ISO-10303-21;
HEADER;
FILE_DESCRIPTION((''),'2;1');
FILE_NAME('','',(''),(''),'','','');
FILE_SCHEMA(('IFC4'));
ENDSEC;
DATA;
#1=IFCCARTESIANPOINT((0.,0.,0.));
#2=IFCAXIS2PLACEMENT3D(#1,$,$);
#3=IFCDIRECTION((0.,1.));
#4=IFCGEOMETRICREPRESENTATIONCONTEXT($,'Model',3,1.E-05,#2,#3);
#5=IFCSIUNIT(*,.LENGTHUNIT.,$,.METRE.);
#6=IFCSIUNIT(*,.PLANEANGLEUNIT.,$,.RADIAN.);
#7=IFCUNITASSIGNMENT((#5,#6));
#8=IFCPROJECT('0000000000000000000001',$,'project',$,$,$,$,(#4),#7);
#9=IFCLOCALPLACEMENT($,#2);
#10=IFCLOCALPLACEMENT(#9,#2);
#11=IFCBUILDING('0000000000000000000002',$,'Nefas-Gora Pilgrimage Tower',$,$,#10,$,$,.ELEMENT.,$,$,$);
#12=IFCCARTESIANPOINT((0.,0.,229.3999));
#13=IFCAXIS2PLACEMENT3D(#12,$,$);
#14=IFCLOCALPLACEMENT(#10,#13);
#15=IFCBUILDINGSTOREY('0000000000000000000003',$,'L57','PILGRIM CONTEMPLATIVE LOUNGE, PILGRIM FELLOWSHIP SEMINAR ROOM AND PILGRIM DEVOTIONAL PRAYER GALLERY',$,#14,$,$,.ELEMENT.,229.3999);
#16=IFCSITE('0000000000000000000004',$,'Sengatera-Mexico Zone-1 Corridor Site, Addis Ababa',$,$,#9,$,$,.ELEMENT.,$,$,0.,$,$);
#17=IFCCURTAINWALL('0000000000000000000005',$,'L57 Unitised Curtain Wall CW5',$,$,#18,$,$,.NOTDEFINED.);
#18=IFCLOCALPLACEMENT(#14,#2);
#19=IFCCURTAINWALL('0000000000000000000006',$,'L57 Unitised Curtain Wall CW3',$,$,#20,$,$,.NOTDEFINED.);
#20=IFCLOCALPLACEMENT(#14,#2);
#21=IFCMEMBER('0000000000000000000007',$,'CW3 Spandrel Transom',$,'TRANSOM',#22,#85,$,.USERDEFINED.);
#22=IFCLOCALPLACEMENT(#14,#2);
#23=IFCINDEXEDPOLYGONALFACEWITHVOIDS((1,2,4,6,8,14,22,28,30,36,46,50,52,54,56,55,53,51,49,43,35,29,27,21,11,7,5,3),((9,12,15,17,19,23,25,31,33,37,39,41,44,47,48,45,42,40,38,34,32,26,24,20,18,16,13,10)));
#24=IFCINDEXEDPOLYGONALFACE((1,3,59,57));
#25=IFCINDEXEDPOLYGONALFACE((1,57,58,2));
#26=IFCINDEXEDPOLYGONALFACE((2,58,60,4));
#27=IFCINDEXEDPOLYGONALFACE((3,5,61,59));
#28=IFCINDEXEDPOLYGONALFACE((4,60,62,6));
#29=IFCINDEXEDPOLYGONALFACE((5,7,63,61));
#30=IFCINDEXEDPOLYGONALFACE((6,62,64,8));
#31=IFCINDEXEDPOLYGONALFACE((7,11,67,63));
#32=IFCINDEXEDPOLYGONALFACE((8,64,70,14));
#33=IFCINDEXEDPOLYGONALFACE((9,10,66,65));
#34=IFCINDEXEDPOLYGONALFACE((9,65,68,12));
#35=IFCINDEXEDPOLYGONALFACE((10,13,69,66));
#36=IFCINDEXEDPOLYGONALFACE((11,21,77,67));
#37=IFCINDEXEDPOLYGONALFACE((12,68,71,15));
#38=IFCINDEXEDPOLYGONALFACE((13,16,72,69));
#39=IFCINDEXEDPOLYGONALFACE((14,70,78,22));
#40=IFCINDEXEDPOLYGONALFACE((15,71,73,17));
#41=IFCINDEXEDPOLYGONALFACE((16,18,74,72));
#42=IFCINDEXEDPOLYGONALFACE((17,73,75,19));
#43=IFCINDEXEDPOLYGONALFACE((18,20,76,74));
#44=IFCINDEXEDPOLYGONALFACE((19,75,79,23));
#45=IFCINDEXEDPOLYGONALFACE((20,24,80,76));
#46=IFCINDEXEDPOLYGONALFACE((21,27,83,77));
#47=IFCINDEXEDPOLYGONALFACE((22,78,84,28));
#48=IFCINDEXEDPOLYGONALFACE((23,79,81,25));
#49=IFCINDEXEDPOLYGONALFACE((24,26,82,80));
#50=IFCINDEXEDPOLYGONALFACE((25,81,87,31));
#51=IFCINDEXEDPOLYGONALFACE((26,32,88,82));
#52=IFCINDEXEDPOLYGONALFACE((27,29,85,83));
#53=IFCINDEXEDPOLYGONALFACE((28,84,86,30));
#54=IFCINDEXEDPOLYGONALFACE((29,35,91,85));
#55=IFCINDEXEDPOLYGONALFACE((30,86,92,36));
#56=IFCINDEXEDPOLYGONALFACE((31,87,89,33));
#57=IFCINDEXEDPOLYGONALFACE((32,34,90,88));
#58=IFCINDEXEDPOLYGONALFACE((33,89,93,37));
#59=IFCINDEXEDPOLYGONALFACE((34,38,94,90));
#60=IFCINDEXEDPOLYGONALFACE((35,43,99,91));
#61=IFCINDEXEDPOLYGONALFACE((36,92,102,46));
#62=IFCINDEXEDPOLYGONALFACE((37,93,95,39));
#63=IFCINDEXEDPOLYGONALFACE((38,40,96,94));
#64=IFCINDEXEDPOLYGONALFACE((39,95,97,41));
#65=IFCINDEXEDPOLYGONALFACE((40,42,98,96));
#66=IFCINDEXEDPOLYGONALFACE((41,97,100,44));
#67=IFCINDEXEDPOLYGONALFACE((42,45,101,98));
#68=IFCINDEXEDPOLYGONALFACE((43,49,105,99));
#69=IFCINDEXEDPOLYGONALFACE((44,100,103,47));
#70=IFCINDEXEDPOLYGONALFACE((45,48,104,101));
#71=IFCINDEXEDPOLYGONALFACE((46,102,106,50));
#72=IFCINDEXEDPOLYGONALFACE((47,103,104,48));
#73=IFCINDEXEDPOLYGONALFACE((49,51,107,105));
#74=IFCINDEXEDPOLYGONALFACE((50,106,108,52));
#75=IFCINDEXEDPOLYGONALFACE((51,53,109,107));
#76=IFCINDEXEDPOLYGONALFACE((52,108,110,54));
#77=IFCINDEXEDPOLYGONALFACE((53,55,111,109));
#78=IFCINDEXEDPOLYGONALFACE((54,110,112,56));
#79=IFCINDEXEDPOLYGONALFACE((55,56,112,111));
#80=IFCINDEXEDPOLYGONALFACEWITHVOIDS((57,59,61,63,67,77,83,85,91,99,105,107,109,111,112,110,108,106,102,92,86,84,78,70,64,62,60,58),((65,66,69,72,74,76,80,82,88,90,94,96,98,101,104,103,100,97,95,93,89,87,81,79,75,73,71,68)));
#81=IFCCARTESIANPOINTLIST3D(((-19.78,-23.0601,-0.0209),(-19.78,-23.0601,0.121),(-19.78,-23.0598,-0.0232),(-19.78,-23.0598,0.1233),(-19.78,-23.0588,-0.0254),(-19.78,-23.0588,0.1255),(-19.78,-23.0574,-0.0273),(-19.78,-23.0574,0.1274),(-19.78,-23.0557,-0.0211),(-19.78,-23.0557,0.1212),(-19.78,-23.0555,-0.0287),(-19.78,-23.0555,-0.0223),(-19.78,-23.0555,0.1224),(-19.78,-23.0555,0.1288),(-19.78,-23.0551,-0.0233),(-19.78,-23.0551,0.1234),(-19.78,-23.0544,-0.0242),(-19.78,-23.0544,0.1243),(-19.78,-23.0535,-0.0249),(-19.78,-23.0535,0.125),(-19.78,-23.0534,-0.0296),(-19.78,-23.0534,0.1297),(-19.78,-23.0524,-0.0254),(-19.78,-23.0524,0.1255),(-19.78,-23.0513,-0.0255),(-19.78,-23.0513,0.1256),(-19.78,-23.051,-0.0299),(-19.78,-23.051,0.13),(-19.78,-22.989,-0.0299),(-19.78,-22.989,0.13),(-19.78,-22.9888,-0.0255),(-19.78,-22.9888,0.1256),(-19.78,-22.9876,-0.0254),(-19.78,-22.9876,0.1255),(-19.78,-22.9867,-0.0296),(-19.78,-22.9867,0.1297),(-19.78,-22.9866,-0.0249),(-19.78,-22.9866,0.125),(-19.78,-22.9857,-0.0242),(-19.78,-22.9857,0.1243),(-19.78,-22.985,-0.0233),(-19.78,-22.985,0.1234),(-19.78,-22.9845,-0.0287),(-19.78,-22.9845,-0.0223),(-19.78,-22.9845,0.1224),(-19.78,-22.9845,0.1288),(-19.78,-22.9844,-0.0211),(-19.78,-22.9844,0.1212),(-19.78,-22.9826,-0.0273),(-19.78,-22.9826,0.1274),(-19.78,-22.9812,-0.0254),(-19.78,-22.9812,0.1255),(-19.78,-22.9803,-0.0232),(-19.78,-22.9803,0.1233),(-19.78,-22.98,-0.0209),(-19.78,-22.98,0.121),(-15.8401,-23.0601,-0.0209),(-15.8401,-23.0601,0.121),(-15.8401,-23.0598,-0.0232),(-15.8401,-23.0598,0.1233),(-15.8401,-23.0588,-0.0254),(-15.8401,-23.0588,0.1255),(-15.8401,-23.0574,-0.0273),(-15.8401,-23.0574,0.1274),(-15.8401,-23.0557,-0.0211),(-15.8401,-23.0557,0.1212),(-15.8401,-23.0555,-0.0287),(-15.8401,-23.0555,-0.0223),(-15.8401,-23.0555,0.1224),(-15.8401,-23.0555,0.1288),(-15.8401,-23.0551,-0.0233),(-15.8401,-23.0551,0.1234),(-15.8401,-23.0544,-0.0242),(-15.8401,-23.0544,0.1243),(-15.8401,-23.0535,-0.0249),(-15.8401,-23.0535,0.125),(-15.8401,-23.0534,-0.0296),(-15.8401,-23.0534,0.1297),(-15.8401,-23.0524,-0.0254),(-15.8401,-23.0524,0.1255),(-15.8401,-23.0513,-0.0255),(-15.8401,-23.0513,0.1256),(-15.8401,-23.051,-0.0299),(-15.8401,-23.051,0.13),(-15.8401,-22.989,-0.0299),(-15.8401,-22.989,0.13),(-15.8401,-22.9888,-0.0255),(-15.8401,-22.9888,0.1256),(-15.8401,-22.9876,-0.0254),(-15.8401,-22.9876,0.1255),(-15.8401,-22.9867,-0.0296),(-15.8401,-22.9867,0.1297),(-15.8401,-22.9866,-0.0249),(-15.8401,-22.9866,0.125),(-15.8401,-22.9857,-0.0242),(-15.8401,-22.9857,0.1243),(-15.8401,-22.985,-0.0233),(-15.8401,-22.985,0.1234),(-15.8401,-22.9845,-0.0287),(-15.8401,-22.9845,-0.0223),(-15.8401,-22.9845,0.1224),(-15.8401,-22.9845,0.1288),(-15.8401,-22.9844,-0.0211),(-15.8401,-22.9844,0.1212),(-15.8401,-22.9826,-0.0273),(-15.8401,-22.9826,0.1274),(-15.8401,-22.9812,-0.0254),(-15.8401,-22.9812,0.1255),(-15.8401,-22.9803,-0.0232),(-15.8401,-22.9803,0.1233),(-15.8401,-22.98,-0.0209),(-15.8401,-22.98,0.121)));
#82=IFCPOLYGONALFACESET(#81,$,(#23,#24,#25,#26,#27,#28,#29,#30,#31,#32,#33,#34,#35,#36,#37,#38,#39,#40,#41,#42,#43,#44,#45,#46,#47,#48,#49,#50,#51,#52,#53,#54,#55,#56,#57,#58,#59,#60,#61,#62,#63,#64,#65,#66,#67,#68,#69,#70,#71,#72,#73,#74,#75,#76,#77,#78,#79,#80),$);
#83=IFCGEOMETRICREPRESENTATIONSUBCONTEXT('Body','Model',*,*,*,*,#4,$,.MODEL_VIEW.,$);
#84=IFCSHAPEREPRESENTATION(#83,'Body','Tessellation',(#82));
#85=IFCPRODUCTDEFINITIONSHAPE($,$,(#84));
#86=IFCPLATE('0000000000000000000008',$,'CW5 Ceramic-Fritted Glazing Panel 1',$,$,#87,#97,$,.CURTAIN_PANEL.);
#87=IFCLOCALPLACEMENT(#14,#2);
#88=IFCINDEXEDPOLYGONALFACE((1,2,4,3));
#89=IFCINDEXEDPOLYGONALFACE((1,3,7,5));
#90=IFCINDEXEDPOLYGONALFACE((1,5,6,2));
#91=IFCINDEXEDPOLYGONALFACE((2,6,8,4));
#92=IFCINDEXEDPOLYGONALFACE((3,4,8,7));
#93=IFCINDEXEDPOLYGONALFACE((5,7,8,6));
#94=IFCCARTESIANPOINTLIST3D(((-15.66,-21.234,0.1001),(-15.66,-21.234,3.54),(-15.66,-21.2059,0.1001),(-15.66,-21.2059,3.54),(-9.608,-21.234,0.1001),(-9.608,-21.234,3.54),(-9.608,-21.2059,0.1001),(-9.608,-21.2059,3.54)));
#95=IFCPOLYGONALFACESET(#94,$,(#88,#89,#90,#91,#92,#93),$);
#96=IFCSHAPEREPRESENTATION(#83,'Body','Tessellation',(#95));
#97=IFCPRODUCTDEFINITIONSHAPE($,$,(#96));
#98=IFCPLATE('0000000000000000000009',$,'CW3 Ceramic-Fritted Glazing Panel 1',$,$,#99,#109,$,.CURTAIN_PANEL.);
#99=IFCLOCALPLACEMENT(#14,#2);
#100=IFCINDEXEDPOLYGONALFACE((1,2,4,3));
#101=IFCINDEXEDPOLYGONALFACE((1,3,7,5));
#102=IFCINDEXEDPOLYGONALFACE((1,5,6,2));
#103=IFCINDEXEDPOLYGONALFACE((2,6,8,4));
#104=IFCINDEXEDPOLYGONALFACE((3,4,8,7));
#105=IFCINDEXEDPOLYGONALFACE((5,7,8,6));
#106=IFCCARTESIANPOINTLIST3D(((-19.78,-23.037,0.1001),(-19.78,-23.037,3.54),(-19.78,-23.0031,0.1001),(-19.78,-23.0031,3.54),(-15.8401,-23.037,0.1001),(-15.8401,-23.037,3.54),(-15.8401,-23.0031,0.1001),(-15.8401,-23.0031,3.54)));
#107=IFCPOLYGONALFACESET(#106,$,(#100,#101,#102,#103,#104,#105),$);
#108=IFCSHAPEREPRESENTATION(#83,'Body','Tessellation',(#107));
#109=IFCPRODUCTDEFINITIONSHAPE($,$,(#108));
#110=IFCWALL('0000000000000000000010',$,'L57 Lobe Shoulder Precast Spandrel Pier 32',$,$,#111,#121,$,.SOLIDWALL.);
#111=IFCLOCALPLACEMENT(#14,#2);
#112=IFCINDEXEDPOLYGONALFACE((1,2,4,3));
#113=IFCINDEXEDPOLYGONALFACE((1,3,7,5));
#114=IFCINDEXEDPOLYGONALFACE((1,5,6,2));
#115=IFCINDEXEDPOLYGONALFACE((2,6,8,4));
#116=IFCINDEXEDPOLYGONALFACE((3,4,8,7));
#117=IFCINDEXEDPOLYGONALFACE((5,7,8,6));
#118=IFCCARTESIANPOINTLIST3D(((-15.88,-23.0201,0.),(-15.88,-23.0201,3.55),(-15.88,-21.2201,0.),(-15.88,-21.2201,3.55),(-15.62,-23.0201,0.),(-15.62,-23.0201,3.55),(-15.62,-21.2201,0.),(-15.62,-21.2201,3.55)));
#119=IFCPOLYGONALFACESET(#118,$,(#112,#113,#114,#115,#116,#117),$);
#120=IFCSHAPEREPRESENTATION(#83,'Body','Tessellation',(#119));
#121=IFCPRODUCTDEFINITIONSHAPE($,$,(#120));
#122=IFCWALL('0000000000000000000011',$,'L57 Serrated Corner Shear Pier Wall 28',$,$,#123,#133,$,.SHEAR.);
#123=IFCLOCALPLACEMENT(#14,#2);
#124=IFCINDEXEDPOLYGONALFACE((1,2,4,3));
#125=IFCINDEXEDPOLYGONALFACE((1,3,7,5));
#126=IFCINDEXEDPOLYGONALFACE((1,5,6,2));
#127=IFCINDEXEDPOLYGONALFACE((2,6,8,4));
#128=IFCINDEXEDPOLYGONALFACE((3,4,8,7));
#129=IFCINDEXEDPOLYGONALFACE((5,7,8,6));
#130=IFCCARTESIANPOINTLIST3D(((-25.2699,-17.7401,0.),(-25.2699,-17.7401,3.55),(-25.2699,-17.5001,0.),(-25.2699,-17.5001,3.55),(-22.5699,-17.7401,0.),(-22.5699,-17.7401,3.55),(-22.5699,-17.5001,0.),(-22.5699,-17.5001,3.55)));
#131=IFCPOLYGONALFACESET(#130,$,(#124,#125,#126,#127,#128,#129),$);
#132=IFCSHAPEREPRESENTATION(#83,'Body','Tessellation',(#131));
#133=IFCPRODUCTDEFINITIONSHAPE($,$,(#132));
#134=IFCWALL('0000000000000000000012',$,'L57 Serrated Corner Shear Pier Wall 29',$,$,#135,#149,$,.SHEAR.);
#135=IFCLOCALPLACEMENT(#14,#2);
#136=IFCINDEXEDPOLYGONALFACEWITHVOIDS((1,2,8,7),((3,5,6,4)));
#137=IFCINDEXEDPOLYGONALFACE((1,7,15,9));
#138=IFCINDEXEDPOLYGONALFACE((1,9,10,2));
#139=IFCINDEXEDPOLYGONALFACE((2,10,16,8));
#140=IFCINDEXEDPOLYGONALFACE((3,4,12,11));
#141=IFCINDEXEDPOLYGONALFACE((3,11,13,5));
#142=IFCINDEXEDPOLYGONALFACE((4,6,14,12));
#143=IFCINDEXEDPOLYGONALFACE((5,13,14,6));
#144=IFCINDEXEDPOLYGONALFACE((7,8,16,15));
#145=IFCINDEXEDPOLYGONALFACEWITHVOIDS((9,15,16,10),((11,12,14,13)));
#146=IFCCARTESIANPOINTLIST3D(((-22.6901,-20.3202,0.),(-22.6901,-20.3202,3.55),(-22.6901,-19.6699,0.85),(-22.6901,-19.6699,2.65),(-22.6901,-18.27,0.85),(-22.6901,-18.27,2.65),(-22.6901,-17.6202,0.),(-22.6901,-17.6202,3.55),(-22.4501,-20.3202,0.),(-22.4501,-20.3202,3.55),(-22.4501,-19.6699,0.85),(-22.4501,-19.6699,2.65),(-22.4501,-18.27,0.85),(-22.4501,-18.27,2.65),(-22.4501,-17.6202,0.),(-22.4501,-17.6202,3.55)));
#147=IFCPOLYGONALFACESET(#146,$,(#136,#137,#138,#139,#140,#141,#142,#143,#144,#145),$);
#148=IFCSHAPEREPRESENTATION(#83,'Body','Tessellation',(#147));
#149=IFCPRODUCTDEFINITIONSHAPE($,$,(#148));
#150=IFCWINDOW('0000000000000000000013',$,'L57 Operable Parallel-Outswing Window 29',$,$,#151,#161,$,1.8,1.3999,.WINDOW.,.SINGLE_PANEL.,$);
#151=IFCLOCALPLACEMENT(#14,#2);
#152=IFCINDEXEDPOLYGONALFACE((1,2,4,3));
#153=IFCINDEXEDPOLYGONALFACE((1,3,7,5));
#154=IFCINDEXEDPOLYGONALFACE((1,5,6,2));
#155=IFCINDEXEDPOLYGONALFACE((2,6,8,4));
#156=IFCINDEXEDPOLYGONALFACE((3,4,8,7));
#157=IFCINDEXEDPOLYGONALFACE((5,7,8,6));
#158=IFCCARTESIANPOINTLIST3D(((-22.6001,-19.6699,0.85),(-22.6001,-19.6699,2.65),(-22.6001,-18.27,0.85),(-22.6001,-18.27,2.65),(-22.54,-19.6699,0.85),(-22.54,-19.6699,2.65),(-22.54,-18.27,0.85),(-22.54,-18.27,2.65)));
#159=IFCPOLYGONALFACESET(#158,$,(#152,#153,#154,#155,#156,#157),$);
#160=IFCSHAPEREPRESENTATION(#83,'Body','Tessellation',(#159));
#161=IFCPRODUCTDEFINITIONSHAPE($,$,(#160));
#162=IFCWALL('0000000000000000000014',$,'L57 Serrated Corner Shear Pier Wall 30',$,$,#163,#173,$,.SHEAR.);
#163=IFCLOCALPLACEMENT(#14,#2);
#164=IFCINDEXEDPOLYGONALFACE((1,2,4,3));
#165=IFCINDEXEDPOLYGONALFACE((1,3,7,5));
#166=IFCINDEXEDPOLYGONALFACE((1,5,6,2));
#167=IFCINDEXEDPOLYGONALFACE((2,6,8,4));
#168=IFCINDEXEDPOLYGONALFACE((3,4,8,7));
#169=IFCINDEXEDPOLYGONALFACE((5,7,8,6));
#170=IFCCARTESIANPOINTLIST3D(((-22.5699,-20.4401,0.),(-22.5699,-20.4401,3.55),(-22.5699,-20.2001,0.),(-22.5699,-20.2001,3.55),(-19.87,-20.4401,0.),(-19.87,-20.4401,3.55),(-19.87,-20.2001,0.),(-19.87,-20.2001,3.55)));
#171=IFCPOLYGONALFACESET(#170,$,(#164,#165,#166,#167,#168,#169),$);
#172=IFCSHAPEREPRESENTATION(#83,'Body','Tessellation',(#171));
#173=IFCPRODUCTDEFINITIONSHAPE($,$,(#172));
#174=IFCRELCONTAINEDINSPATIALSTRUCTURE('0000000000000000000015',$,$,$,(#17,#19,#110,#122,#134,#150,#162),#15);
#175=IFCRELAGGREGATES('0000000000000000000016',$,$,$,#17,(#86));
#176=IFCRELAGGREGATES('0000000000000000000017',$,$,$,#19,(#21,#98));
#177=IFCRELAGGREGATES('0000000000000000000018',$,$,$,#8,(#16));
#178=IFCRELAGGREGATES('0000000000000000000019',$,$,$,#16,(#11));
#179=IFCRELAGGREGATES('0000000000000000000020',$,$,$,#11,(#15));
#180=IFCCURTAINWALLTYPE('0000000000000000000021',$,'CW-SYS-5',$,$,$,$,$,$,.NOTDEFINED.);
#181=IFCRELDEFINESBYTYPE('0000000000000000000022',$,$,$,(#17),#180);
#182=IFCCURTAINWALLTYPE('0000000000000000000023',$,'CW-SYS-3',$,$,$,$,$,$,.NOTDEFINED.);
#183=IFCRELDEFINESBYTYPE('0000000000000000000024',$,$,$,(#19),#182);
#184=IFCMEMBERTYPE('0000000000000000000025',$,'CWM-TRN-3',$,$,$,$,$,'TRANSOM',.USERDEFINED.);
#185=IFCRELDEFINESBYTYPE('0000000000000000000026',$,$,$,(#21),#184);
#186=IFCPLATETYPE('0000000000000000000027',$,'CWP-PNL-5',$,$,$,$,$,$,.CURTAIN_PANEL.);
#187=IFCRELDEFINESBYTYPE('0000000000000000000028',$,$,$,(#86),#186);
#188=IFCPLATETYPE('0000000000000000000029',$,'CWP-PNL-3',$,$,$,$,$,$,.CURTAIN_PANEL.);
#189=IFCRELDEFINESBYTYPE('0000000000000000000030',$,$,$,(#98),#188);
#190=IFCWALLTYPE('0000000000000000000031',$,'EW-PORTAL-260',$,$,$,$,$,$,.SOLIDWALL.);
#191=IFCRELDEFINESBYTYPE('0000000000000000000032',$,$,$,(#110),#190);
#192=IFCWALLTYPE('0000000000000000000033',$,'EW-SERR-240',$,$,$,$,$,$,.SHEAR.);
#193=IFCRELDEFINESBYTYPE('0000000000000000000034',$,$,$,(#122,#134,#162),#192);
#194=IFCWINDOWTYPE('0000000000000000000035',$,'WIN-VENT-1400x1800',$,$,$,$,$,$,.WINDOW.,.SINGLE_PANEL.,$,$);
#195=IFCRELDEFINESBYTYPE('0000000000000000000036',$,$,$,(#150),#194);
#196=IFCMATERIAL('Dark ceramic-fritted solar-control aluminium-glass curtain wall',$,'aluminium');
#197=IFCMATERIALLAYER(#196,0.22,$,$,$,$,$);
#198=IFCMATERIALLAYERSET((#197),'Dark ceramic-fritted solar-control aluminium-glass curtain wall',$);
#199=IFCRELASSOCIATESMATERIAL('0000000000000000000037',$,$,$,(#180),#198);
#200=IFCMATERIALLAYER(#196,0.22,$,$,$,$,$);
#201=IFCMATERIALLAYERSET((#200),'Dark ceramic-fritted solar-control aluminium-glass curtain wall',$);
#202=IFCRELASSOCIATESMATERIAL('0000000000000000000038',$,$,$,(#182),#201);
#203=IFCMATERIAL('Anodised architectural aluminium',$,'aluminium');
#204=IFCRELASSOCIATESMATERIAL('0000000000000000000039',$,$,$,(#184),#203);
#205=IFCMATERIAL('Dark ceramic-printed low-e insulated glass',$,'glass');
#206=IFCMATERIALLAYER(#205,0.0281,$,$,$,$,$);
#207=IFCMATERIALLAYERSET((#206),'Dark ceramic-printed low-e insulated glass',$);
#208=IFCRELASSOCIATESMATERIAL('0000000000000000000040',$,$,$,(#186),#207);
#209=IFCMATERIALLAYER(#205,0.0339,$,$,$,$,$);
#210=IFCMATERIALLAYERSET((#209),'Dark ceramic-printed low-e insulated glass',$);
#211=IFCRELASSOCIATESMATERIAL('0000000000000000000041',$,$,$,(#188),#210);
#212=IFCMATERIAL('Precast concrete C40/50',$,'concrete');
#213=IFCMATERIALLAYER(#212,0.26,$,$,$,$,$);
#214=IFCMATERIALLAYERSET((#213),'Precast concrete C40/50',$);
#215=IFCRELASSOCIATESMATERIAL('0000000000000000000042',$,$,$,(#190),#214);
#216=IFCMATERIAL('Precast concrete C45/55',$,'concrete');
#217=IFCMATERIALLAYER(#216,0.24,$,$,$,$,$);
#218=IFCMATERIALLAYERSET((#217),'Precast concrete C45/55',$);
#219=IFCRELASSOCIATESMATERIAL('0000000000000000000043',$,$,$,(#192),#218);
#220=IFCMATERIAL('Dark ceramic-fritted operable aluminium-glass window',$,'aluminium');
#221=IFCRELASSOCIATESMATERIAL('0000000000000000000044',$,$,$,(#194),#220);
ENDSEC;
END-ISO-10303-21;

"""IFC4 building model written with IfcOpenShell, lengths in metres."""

from ifc_helpers import new_model, si_unit, direction, frame, frame_2d, origin, origin_2d, place, context, subcontext, project, spatial, rectangle, hollow_rectangle, extrude, source, transform, mapped, material, layer, layer_set, material_profile, profile_set, type_object, element, fill, aggregate, save


model = new_model("IFC4")

# Units and contexts
model_context = context("Model", 3, precision=1e-05, world=origin(), true_north=direction((0.0, 1.0)))
body_context = subcontext(model_context, "Body", "Model", "MODEL_VIEW")
ifc_project = project(units=[si_unit("LENGTHUNIT", "METRE"), si_unit("PLANEANGLEUNIT", "RADIAN")], contexts=[model_context])

# Site, building, storey
site_placement = place(None, origin())
site = spatial("IfcSite", under=ifc_project, at=site_placement, Name="Sengatera-Mexico Zone-1 Corridor Site, Addis Ababa", CompositionType="ELEMENT", RefElevation=0.0)
building_placement = place(site_placement, origin())
building = spatial("IfcBuilding", under=site, at=building_placement, Name="Nefas-Gora Pilgrimage Tower", CompositionType="ELEMENT")
storey_placement = place(building_placement, frame((0.0, 0.0, 229.3999)))
storey = spatial("IfcBuildingStorey", under=building, at=storey_placement, Name="L57", Description="PILGRIM CONTEMPLATIVE LOUNGE, PILGRIM FELLOWSHIP SEMINAR ROOM AND PILGRIM DEVOTIONAL PRAYER GALLERY", CompositionType="ELEMENT", Elevation=229.3999)

# Curtain wall
ifc_material_1 = material(Name="Dark ceramic-fritted solar-control aluminium-glass curtain wall", Category="aluminium")
ifc_layer_1 = layer(ifc_material_1, 0.22)
ifc_layer_set_1 = layer_set([ifc_layer_1], Name="Dark ceramic-fritted solar-control aluminium-glass curtain wall")
curtain_wall_type_1 = type_object("IfcCurtainWallType", Name="CW-SYS-5", PredefinedType="NOTDEFINED", material=ifc_layer_set_1)
curtain_wall_1_placement = place(storey_placement, origin())
curtain_wall_1 = element("IfcCurtainWall", 1, at=curtain_wall_1_placement, inside=storey, type_object=curtain_wall_type_1, Name="L57 Unitised Curtain Wall CW5", PredefinedType="NOTDEFINED")
ifc_material_2 = material(Name="Anodised architectural aluminium", Category="aluminium")

# Shared definitions
ifc_layer_2 = layer(ifc_material_1, 0.22)
ifc_layer_set_2 = layer_set([ifc_layer_2], Name="Dark ceramic-fritted solar-control aluminium-glass curtain wall")
curtain_wall_type_2 = type_object("IfcCurtainWallType", Name="CW-SYS-3", PredefinedType="NOTDEFINED", material=ifc_layer_set_2)

# Curtain wall, member
curtain_wall_2_placement = place(storey_placement, origin())
curtain_wall_2 = element("IfcCurtainWall", 2, at=curtain_wall_2_placement, inside=storey, type_object=curtain_wall_type_2, Name="L57 Unitised Curtain Wall CW3", PredefinedType="NOTDEFINED")
ifc_material_profile_1 = material_profile(ifc_material_2, hollow_rectangle(XDim=0.0801, YDim=0.1599, WallThickness=0.0044, InnerFilletRadius=0.0044, OuterFilletRadius=0.009, at=origin_2d()), Name="ALU TRANSOM 80x160")
ifc_profile_set_1 = profile_set([ifc_material_profile_1], Name="Anodised architectural aluminium")
member_type_1 = type_object("IfcMemberType", Name="CWM-TRN-3", ElementType="TRANSOM", PredefinedType="USERDEFINED", material=ifc_profile_set_1)
shared_shape_1 = source(origin(), body_context, "Body", "SweptSolid", [
    extrude(hollow_rectangle(XDim=0.0801, YDim=0.1599, WallThickness=0.0044, InnerFilletRadius=0.0044, OuterFilletRadius=0.009, at=origin_2d()), origin(), (0.0, 0.0, 1.0), 3.9399),
])
member_1_placement = place(storey_placement, frame((-19.78, -23.02, 0.05), z_axis=(1.0, 0.0, 0.0), x_axis=(0.0, 1.0, 0.0)))
member_1 = element("IfcMember", 3, at=member_1_placement, type_object=member_type_1, Name="CW3 Spandrel Transom", ObjectType="TRANSOM", PredefinedType="USERDEFINED", context=body_context, shape_type="MappedRepresentation", body=[
    mapped(shared_shape_1, transform((0.0, 0.0, 0.0), x_axis=(1.0, 0.0, 0.0), y_axis=(0.0, 1.0, 0.0), z_axis=(0.0, 0.0, 1.0), scale=1.0)),
])

# Plates
ifc_material_3 = material(Name="Dark ceramic-printed low-e insulated glass", Category="glass")
ifc_layer_3 = layer(ifc_material_3, 0.0281)
ifc_layer_set_3 = layer_set([ifc_layer_3], Name="Dark ceramic-printed low-e insulated glass")
plate_type_1 = type_object("IfcPlateType", Name="CWP-PNL-5", PredefinedType="CURTAIN_PANEL", material=ifc_layer_set_3)
shared_shape_2 = source(origin(), body_context, "Body", "SweptSolid", [
    extrude(rectangle(XDim=6.052, YDim=0.0281, at=origin_2d()), origin(), (0.0, 0.0, 1.0), 3.4399),
])
plate_1_placement = place(storey_placement, frame((-12.634, -21.22, 0.1001), z_axis=(0.0, 0.0, 1.0), x_axis=(1.0, 0.0, 0.0)))
plate_1 = element("IfcPlate", 4, at=plate_1_placement, type_object=plate_type_1, Name="CW5 Ceramic-Fritted Glazing Panel 1", PredefinedType="CURTAIN_PANEL", context=body_context, shape_type="MappedRepresentation", body=[
    mapped(shared_shape_2, transform((0.0, 0.0, 0.0), x_axis=(1.0, 0.0, 0.0), y_axis=(0.0, 1.0, 0.0), z_axis=(0.0, 0.0, 1.0), scale=1.0)),
])
aggregate(curtain_wall_1, [plate_1])
ifc_layer_4 = layer(ifc_material_3, 0.0339)
ifc_layer_set_4 = layer_set([ifc_layer_4], Name="Dark ceramic-printed low-e insulated glass")
plate_type_2 = type_object("IfcPlateType", Name="CWP-PNL-3", PredefinedType="CURTAIN_PANEL", material=ifc_layer_set_4)
shared_shape_3 = source(origin(), body_context, "Body", "SweptSolid", [
    extrude(rectangle(XDim=3.9399, YDim=0.0339, at=origin_2d()), origin(), (0.0, 0.0, 1.0), 3.4399),
])
plate_2_placement = place(storey_placement, frame((-17.8101, -23.02, 0.1001), z_axis=(0.0, 0.0, 1.0), x_axis=(1.0, 0.0, 0.0)))
plate_2 = element("IfcPlate", 5, at=plate_2_placement, type_object=plate_type_2, Name="CW3 Ceramic-Fritted Glazing Panel 1", PredefinedType="CURTAIN_PANEL", context=body_context, shape_type="MappedRepresentation", body=[
    mapped(shared_shape_3, transform((0.0, 0.0, 0.0), x_axis=(1.0, 0.0, 0.0), y_axis=(0.0, 1.0, 0.0), z_axis=(0.0, 0.0, 1.0), scale=1.0)),
])
aggregate(curtain_wall_2, [member_1, plate_2])

# Walls
ifc_material_4 = material(Name="Precast concrete C40/50", Category="concrete")
ifc_layer_5 = layer(ifc_material_4, 0.26)
ifc_layer_set_5 = layer_set([ifc_layer_5], Name="Precast concrete C40/50")
wall_type_1 = type_object("IfcWallType", Name="EW-PORTAL-260", PredefinedType="SOLIDWALL", material=ifc_layer_set_5)
shared_shape_4 = source(origin(), body_context, "Body", "SweptSolid", [
    extrude(rectangle(XDim=1.8, YDim=0.26, at=frame_2d((0.8999, 0.0))), origin(), (0.0, 0.0, 1.0), 3.55),
])
wall_1_placement = place(storey_placement, frame((-15.75, -23.02, 0.0), z_axis=(0.0, 0.0, 1.0), x_axis=(0.0, 1.0, 0.0)))
element("IfcWall", 6, at=wall_1_placement, inside=storey, type_object=wall_type_1, Name="L57 Lobe Shoulder Precast Spandrel Pier 32", PredefinedType="SOLIDWALL", context=body_context, shape_type="MappedRepresentation", body=[
    mapped(shared_shape_4, transform((0.0, 0.0, 0.0), x_axis=(1.0, 0.0, 0.0), y_axis=(0.0, 1.0, 0.0), z_axis=(0.0, 0.0, 1.0), scale=1.0)),
])
ifc_material_5 = material(Name="Precast concrete C45/55", Category="concrete")
ifc_layer_6 = layer(ifc_material_5, 0.24)
ifc_layer_set_6 = layer_set([ifc_layer_6], Name="Precast concrete C45/55")
wall_type_2 = type_object("IfcWallType", Name="EW-SERR-240", PredefinedType="SHEAR", material=ifc_layer_set_6)
shared_shape_5 = source(origin(), body_context, "Body", "SweptSolid", [
    extrude(rectangle(XDim=2.7, YDim=0.24, at=frame_2d((1.3501, 0.0))), origin(), (0.0, 0.0, 1.0), 3.55),
])
wall_2_placement = place(storey_placement, frame((-25.27, -17.6201, 0.0), z_axis=(0.0, 0.0, 1.0), x_axis=(1.0, 0.0, 0.0)))
element("IfcWall", 7, at=wall_2_placement, inside=storey, type_object=wall_type_2, Name="L57 Serrated Corner Shear Pier Wall 28", PredefinedType="SHEAR", context=body_context, shape_type="MappedRepresentation", body=[
    mapped(shared_shape_5, transform((0.0, 0.0, 0.0), x_axis=(1.0, 0.0, 0.0), y_axis=(0.0, 1.0, 0.0), z_axis=(0.0, 0.0, 1.0), scale=1.0)),
])

# Wall, opening, window
wall_3_placement = place(storey_placement, frame((-22.5701, -17.6201, 0.0), z_axis=(0.0, 0.0, 1.0), x_axis=(0.0, -1.0, 0.0)))
wall_3 = element("IfcWall", 8, at=wall_3_placement, inside=storey, type_object=wall_type_2, Name="L57 Serrated Corner Shear Pier Wall 29", PredefinedType="SHEAR", context=body_context, shape_type="MappedRepresentation", body=[
    mapped(shared_shape_5, transform((0.0, 0.0, 0.0), x_axis=(1.0, 0.0, 0.0), y_axis=(0.0, 1.0, 0.0), z_axis=(0.0, 0.0, 1.0), scale=1.0)),
])
opening_1_placement = place(wall_3_placement, frame((0.6499, 0.0, 0.8501)))
opening_1 = element("IfcOpeningElement", 9, at=opening_1_placement, cuts=wall_3, PredefinedType="OPENING", context=body_context, shape_type="SweptSolid", body=[
    extrude(rectangle(XDim=1.3999, YDim=1.8, at=frame_2d((0.7, 0.8999))), frame((0.0, 0.1299, 0.0), z_axis=(0.0, -1.0, 0.0), x_axis=(1.0, 0.0, 0.0)), (0.0, 0.0, 1.0), 0.26),
])
ifc_material_6 = material(Name="Dark ceramic-fritted operable aluminium-glass window", Category="aluminium")
window_type = type_object("IfcWindowType", Name="WIN-VENT-1400x1800", PartitioningType="SINGLE_PANEL", PredefinedType="WINDOW", material=ifc_material_6)
shared_shape_6 = source(origin(), body_context, "Body", "SweptSolid", [
    extrude(rectangle(XDim=1.3999, YDim=1.8, at=frame_2d((0.7, 0.8999))), frame((0.0, 0.03, 0.0), z_axis=(0.0, -1.0, 0.0), x_axis=(1.0, 0.0, 0.0)), (0.0, 0.0, 1.0), 0.0601),
])
window_placement = place(opening_1_placement, origin())
window = element("IfcWindow", 10, at=window_placement, inside=storey, type_object=window_type, Name="L57 Operable Parallel-Outswing Window 29", OverallHeight=1.8, OverallWidth=1.3999, PartitioningType="SINGLE_PANEL", PredefinedType="WINDOW", context=body_context, shape_type="MappedRepresentation", body=[
    mapped(shared_shape_6, transform((0.0, 0.0, 0.0), x_axis=(1.0, 0.0, 0.0), y_axis=(0.0, 1.0, 0.0), z_axis=(0.0, 0.0, 1.0), scale=1.0)),
])
fill(opening_1, window)

# Wall
for number, where, z_axis, x_axis, name in (
    (11, (-22.5701, -20.3201, 0.0), (0.0, 0.0, 1.0), (1.0, 0.0, 0.0), "L57 Serrated Corner Shear Pier Wall 30"),
):
    element("IfcWall", number, at=place(storey_placement, frame(where, z_axis=z_axis, x_axis=x_axis)), inside=storey, type_object=wall_type_2, Name=name, PredefinedType="SHEAR", context=body_context, shape_type="MappedRepresentation", body=[
        mapped(shared_shape_5, transform((0.0, 0.0, 0.0), x_axis=(1.0, 0.0, 0.0), y_axis=(0.0, 1.0, 0.0), z_axis=(0.0, 0.0, 1.0), scale=1.0)),
    ])

save(model, "model.ifc")
